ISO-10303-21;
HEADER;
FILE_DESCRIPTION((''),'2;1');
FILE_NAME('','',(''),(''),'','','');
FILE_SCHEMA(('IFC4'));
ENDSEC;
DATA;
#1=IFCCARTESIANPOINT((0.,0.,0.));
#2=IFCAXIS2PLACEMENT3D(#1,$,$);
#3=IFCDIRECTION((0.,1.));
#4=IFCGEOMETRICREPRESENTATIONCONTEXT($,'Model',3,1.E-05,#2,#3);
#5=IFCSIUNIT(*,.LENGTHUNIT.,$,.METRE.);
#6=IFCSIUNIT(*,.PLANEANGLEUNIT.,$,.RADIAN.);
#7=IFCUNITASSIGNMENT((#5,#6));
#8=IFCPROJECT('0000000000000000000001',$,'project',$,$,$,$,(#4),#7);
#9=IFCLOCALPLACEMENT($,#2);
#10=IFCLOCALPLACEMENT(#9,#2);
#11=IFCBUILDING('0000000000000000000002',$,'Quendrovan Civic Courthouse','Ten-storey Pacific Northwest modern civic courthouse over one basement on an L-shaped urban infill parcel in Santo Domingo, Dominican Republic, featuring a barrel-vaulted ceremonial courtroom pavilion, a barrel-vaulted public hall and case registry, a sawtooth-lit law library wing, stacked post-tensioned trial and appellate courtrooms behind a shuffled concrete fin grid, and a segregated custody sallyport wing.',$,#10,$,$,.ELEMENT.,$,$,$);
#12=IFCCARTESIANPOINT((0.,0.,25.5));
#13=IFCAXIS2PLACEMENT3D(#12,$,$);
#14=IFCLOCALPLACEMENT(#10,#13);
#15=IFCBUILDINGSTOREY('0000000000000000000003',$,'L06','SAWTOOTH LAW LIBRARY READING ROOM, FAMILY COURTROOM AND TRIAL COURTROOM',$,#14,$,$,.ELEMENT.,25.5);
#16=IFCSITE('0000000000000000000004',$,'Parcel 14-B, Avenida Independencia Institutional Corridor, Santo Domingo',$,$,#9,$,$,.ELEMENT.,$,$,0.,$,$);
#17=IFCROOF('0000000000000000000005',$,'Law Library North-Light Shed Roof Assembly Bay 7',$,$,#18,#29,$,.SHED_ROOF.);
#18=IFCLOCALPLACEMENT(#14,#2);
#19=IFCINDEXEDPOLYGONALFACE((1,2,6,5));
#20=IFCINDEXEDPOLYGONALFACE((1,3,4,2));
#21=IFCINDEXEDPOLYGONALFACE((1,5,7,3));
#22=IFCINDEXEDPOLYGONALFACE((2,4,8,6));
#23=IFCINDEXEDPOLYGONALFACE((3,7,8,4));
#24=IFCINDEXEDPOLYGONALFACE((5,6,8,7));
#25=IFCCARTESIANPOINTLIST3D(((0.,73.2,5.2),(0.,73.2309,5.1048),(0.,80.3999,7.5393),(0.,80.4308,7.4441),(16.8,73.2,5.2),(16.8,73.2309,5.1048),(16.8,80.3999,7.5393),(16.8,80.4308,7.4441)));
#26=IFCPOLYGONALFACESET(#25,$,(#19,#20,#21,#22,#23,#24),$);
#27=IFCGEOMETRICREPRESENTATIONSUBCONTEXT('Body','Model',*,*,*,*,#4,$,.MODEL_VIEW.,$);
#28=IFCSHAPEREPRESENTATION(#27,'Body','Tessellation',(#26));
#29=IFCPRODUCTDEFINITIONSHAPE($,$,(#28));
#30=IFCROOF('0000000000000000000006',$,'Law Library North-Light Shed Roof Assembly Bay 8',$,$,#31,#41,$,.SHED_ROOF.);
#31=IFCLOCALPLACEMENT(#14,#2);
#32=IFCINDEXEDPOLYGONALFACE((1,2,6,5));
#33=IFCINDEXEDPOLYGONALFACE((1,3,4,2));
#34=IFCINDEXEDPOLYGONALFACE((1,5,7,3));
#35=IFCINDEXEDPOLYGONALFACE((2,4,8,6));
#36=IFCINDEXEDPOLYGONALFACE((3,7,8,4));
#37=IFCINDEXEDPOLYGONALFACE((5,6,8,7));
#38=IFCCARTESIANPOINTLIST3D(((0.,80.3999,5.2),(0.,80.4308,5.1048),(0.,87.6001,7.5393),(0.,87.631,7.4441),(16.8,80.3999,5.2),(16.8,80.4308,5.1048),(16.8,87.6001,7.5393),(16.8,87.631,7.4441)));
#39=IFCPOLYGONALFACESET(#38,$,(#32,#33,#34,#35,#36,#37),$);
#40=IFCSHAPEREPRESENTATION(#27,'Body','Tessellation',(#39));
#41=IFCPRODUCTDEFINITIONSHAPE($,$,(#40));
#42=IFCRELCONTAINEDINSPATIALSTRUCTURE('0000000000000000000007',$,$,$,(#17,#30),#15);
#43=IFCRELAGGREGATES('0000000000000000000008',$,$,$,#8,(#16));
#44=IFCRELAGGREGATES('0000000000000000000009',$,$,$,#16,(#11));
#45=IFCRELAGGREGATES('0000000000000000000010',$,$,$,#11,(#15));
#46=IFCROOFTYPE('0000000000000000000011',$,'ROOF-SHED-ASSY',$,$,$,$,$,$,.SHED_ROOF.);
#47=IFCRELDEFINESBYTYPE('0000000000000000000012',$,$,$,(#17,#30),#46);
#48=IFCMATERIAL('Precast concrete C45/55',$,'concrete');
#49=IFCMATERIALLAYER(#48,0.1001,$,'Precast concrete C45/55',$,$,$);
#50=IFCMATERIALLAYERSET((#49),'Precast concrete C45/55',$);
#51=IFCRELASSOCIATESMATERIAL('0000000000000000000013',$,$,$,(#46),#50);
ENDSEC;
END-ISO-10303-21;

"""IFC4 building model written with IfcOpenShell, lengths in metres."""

from ifc_helpers import new_model, si_unit, direction, frame, origin, place, context, subcontext, project, spatial, polyline, outline, extrude, material, layer, layer_set, type_object, element, save


model = new_model("IFC4")

# Units and contexts
model_context = context("Model", 3, precision=1e-05, world=origin(), true_north=direction((0.0, 1.0)))
body_context = subcontext(model_context, "Body", "Model", "MODEL_VIEW")
ifc_project = project(units=[si_unit("LENGTHUNIT", "METRE"), si_unit("PLANEANGLEUNIT", "RADIAN")], contexts=[model_context])

# Site, building, storey
site_placement = place(None, origin())
site = spatial("IfcSite", under=ifc_project, at=site_placement, Name="Parcel 14-B, Avenida Independencia Institutional Corridor, Santo Domingo", CompositionType="ELEMENT", RefElevation=0.0)
building_placement = place(site_placement, origin())
building = spatial("IfcBuilding", under=site, at=building_placement, Name="Quendrovan Civic Courthouse", Description="Ten-storey Pacific Northwest modern civic courthouse over one basement on an L-shaped urban infill parcel in Santo Domingo, Dominican Republic, featuring a barrel-vaulted ceremonial courtroom pavilion, a barrel-vaulted public hall and case registry, a sawtooth-lit law library wing, stacked post-tensioned trial and appellate courtrooms behind a shuffled concrete fin grid, and a segregated custody sallyport wing.", CompositionType="ELEMENT")
storey_placement = place(building_placement, frame((0.0, 0.0, 25.5)))
storey = spatial("IfcBuildingStorey", under=building, at=storey_placement, Name="L06", Description="SAWTOOTH LAW LIBRARY READING ROOM, FAMILY COURTROOM AND TRIAL COURTROOM", CompositionType="ELEMENT", Elevation=25.5)

# Shared definitions
ifc_material_1 = material(Name="Precast concrete C45/55", Category="concrete")

# Roofs
ifc_layer_1 = layer(ifc_material_1, 0.1001, Name="Precast concrete C45/55")
ifc_layer_set_1 = layer_set([ifc_layer_1], Name="Precast concrete C45/55")
roof_type = type_object("IfcRoofType", Name="ROOF-SHED-ASSY", PredefinedType="SHED_ROOF", material=ifc_layer_set_1)
roof_1_placement = place(storey_placement, frame((0.0, 73.2, 5.2), z_axis=(0.0, -0.309011, 0.951058), x_axis=(1.0, 0.0, 0.0)))
element("IfcRoof", 1, at=roof_1_placement, inside=storey, type_object=roof_type, Name="Law Library North-Light Shed Roof Assembly Bay 7", PredefinedType="SHED_ROOF", context=body_context, shape_type="SweptSolid", body=[
    extrude(outline(polyline([(0.0, 0.0), (16.8, 0.0), (16.8, 7.5705), (0.0, 7.5705), (0.0, 0.0)])), origin(), (0.0, 0.0, -1.0), 0.1001),
])
roof_2_placement = place(storey_placement, frame((0.0, 80.3999, 5.2), z_axis=(0.0, -0.309001, 0.951062), x_axis=(1.0, 0.0, 0.0)))
element("IfcRoof", 2, at=roof_2_placement, inside=storey, type_object=roof_type, Name="Law Library North-Light Shed Roof Assembly Bay 8", PredefinedType="SHED_ROOF", context=body_context, shape_type="SweptSolid", body=[
    extrude(outline(polyline([(0.0, 0.0), (16.8, 0.0), (16.8, 7.5707), (0.0, 7.5707), (0.0, 0.0)])), origin(), (0.0, 0.0, -1.0), 0.1001),
])

save(model, "model.ifc")
